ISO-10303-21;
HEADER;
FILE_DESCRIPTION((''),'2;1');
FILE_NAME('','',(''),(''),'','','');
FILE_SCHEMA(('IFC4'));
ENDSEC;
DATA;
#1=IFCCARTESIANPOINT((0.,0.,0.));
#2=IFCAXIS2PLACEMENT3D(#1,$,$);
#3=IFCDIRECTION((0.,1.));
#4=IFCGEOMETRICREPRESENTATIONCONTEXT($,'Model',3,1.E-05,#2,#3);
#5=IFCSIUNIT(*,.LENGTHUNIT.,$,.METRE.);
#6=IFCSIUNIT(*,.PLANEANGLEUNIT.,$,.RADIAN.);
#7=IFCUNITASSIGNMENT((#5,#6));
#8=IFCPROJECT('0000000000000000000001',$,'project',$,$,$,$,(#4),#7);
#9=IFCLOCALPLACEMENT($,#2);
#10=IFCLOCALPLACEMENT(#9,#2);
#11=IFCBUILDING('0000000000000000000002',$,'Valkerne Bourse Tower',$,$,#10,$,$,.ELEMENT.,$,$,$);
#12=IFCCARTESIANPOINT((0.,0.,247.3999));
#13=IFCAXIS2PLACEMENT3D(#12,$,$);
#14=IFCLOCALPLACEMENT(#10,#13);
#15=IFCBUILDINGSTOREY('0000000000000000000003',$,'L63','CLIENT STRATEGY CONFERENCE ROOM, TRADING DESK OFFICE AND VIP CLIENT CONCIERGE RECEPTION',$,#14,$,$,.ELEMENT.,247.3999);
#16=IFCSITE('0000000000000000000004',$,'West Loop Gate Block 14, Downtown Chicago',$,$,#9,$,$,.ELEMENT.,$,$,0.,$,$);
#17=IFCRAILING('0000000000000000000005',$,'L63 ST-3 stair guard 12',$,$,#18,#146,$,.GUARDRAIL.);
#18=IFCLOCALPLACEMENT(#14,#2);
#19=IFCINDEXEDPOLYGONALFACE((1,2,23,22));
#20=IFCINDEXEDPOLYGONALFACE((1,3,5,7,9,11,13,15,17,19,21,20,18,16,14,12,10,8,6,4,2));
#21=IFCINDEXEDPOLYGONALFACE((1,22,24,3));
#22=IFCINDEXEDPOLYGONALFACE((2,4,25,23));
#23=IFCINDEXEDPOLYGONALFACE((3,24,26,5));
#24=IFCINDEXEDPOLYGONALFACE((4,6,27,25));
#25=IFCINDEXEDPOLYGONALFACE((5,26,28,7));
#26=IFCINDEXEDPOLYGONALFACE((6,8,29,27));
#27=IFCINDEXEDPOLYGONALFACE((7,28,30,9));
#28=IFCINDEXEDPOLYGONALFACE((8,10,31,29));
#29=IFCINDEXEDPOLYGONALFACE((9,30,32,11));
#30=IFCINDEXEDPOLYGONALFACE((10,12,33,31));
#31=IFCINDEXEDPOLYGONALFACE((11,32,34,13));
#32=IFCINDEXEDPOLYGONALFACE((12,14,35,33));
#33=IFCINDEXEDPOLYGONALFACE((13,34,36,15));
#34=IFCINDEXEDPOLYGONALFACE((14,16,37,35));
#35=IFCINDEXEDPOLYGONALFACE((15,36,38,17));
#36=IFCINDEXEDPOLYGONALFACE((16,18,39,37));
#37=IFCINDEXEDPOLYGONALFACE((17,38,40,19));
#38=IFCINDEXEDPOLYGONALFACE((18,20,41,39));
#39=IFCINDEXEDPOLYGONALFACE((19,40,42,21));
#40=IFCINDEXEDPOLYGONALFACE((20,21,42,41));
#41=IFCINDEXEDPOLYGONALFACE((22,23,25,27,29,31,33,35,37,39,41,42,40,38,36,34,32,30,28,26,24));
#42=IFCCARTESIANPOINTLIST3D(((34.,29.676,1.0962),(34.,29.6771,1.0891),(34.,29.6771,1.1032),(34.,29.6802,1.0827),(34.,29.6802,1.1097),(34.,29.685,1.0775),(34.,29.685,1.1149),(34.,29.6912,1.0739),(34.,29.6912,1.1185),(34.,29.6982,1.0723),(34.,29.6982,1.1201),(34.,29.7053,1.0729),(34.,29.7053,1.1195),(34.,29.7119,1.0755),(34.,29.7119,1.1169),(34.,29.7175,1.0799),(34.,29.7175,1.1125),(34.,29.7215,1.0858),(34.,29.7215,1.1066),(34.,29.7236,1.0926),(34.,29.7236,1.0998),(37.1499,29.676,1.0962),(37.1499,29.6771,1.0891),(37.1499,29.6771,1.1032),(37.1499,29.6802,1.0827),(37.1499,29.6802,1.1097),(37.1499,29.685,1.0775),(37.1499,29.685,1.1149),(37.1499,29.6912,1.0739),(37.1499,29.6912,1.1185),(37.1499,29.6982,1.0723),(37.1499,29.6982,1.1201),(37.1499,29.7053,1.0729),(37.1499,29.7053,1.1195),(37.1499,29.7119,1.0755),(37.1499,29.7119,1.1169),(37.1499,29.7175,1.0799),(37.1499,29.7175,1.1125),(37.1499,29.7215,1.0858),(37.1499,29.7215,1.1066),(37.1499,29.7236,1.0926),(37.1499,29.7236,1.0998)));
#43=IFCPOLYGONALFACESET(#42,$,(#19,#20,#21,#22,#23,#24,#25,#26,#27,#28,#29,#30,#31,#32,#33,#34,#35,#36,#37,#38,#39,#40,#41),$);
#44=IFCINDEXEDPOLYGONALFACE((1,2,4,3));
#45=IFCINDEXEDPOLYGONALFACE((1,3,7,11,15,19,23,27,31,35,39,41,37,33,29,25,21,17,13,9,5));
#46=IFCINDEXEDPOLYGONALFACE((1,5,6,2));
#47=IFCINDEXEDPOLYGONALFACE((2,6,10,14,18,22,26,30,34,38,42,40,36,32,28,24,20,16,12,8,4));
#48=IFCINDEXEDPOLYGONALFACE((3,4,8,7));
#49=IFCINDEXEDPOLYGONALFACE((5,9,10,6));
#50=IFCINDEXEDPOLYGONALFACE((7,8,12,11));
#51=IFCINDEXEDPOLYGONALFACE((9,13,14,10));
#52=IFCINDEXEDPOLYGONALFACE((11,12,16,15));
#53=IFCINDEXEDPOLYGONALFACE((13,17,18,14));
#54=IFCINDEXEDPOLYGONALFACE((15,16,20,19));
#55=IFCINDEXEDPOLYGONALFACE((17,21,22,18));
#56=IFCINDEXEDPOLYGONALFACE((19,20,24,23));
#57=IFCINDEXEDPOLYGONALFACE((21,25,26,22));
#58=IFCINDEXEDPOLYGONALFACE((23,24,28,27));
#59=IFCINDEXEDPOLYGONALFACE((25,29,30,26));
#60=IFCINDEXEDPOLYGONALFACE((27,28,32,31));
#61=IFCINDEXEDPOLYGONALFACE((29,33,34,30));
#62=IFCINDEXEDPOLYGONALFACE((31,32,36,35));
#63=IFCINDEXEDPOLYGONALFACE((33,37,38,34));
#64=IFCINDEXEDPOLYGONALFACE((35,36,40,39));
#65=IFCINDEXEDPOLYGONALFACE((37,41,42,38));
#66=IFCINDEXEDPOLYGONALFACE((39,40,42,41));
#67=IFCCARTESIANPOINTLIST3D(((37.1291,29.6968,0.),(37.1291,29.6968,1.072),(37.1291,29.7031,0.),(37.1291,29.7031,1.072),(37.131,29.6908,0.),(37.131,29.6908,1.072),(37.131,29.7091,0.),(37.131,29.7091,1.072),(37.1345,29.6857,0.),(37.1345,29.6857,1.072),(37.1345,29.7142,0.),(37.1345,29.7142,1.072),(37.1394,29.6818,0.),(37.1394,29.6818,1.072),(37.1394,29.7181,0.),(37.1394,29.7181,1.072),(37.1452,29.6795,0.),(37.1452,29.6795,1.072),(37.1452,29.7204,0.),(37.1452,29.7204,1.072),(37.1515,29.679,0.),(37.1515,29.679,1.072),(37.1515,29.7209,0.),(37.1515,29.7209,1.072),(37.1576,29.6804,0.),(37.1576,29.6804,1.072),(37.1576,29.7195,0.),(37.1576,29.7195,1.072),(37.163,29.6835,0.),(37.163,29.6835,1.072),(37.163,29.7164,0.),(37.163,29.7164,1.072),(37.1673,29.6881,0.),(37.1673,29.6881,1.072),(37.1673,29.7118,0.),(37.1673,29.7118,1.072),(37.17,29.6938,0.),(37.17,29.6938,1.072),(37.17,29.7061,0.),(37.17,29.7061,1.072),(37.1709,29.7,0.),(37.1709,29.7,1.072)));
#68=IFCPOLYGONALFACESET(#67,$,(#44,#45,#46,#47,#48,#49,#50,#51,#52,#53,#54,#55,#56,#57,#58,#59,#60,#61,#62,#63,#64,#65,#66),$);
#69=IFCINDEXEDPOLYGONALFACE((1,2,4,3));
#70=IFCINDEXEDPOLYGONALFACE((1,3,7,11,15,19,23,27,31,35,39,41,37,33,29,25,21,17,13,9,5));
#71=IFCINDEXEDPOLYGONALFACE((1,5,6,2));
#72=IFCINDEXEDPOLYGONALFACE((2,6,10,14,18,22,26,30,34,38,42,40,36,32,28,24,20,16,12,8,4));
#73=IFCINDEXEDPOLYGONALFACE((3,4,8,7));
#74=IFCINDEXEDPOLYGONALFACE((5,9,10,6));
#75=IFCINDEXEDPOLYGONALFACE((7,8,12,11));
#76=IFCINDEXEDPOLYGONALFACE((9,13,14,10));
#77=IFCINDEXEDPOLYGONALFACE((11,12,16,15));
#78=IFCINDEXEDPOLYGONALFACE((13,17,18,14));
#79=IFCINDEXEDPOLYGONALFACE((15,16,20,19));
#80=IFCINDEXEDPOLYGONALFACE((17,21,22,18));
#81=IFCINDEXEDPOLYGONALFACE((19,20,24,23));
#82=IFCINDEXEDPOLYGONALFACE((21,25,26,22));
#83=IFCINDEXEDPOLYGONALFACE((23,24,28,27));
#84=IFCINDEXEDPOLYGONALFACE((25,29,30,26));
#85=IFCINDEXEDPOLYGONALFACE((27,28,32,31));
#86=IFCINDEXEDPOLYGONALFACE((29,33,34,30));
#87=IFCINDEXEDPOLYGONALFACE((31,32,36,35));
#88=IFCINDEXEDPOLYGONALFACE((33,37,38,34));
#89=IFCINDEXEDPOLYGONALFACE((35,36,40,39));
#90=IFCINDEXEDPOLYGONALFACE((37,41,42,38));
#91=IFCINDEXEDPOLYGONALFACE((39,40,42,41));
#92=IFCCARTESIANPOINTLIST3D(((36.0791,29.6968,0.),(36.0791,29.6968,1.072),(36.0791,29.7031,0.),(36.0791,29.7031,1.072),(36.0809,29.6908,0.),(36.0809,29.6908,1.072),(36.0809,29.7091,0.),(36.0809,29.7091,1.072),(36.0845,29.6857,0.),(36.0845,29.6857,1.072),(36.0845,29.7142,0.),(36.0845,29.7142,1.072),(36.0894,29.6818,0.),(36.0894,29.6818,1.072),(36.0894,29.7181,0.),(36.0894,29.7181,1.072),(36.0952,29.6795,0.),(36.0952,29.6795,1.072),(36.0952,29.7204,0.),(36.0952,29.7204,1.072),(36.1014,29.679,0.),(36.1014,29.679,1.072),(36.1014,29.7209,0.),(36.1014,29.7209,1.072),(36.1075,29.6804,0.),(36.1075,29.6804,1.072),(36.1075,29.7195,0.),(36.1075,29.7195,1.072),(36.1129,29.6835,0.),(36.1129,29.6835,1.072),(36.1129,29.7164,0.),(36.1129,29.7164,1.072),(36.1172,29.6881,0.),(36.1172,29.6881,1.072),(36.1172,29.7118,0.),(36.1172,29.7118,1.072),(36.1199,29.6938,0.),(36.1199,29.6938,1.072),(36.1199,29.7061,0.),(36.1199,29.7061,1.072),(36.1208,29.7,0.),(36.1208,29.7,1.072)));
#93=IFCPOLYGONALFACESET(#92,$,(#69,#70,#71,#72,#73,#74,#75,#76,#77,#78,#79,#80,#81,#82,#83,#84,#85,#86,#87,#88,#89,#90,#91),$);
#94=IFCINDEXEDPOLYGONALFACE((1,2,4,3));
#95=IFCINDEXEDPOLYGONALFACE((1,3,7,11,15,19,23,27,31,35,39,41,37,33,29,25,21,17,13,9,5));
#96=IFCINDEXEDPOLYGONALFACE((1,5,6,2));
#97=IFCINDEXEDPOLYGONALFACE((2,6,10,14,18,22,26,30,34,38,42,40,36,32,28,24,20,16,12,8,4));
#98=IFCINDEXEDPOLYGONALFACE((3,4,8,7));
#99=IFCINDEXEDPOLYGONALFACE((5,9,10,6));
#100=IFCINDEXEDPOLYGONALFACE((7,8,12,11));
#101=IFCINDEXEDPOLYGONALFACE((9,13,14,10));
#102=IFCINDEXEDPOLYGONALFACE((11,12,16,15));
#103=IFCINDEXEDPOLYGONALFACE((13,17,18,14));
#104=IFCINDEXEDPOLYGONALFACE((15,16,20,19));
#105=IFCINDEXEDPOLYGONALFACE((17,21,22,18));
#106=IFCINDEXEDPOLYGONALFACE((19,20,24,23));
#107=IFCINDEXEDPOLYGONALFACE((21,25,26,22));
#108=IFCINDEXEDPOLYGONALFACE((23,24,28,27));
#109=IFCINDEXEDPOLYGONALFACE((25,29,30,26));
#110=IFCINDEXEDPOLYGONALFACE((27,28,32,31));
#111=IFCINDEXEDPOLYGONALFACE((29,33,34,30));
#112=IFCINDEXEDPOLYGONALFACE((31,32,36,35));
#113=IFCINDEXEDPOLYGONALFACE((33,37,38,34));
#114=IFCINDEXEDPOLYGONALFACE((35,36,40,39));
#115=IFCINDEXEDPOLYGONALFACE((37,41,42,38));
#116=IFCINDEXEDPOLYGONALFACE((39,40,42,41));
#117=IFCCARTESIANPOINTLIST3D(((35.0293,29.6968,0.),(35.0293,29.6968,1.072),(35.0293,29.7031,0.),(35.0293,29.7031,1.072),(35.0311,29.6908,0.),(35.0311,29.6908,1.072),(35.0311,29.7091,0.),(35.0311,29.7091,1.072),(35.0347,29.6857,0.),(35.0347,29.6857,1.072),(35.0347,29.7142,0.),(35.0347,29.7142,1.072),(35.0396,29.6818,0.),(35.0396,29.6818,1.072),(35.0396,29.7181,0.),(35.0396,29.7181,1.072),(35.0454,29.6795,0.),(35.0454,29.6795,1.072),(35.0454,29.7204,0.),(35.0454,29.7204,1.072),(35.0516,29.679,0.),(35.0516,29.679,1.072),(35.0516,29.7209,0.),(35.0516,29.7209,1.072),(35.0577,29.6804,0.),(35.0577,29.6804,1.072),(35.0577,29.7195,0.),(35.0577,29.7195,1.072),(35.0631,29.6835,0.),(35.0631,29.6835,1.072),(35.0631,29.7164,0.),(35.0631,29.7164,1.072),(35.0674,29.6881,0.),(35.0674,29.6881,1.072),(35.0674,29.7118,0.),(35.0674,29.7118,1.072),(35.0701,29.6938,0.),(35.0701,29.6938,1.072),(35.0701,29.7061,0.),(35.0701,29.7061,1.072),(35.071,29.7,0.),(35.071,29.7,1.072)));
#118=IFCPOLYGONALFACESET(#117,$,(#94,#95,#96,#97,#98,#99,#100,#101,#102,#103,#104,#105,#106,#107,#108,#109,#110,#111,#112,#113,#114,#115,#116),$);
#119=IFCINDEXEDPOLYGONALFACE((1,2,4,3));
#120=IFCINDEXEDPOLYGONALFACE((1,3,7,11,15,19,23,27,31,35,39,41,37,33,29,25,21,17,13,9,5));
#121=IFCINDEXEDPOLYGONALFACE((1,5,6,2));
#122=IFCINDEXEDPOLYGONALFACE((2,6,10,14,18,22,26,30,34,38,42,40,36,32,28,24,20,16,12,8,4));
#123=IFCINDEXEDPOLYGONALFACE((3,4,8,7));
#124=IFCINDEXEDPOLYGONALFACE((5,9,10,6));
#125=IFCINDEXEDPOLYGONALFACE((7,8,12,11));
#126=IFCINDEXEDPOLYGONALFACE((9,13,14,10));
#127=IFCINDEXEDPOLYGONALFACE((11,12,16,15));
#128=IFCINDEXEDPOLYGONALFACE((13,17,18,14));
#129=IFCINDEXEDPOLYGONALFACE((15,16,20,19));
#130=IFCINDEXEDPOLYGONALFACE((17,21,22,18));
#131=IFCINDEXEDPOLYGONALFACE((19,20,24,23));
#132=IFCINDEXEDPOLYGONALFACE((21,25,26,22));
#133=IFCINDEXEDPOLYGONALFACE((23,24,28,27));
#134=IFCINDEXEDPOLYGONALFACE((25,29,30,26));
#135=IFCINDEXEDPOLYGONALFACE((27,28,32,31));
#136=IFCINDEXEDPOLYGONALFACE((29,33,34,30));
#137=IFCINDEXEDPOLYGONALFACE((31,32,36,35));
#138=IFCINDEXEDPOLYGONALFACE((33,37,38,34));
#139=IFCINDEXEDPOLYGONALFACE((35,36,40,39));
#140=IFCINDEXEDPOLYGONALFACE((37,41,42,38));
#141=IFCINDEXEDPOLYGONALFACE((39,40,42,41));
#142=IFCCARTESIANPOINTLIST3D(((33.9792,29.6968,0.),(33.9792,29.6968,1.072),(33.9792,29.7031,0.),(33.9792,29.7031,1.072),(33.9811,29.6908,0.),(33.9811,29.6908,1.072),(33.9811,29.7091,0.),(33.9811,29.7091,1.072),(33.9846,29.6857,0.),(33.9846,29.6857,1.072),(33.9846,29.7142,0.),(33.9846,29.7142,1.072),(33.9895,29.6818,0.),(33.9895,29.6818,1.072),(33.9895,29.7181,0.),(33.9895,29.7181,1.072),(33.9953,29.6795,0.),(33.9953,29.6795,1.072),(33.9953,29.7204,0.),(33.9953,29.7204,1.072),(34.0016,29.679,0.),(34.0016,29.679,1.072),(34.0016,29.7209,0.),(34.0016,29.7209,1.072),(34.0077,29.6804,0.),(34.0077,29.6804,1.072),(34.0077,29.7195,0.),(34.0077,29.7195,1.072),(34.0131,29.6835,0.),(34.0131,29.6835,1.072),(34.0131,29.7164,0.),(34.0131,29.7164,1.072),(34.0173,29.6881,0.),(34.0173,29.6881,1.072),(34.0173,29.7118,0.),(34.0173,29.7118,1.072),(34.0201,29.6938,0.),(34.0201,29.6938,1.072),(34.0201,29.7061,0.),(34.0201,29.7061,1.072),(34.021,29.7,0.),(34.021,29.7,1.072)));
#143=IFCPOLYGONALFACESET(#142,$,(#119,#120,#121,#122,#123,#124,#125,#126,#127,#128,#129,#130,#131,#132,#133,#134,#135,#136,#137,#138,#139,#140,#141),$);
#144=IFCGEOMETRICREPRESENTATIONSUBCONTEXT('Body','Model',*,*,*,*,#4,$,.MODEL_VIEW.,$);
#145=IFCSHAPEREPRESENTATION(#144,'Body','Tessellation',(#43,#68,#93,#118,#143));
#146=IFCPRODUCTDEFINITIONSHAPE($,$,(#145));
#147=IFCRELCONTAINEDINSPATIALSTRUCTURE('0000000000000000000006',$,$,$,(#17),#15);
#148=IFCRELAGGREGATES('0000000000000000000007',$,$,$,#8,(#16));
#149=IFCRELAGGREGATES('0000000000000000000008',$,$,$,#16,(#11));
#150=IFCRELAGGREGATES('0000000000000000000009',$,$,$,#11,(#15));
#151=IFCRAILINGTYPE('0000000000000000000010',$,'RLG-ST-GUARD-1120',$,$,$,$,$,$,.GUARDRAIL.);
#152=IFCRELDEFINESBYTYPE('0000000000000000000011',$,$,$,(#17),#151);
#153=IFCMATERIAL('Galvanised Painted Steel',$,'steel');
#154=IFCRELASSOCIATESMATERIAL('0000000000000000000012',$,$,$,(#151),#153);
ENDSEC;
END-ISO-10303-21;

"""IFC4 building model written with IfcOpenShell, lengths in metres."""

from ifc_helpers import new_model, si_unit, direction, frame, origin, origin_2d, place, context, subcontext, project, spatial, circle, extrude, material, type_object, element, save


model = new_model("IFC4")

# Units and contexts
model_context = context("Model", 3, precision=1e-05, world=origin(), true_north=direction((0.0, 1.0)))
body_context = subcontext(model_context, "Body", "Model", "MODEL_VIEW")
ifc_project = project(units=[si_unit("LENGTHUNIT", "METRE"), si_unit("PLANEANGLEUNIT", "RADIAN")], contexts=[model_context])

# Site, building, storey
site_placement = place(None, origin())
site = spatial("IfcSite", under=ifc_project, at=site_placement, Name="West Loop Gate Block 14, Downtown Chicago", CompositionType="ELEMENT", RefElevation=0.0)
building_placement = place(site_placement, origin())
building = spatial("IfcBuilding", under=site, at=building_placement, Name="Valkerne Bourse Tower", CompositionType="ELEMENT")
storey_placement = place(building_placement, frame((0.0, 0.0, 247.3999)))
storey = spatial("IfcBuildingStorey", under=building, at=storey_placement, Name="L63", Description="CLIENT STRATEGY CONFERENCE ROOM, TRADING DESK OFFICE AND VIP CLIENT CONCIERGE RECEPTION", CompositionType="ELEMENT", Elevation=247.3999)

# Shared definitions
ifc_material_1 = material(Name="Galvanised Painted Steel", Category="steel")

# Railing
railing_type = type_object("IfcRailingType", Name="RLG-ST-GUARD-1120", PredefinedType="GUARDRAIL", material=ifc_material_1)
railing_placement = place(storey_placement, frame((37.1499, 29.7, 0.0)))
element("IfcRailing", 1, at=railing_placement, inside=storey, type_object=railing_type, Name="L63 ST-3 stair guard 12", PredefinedType="GUARDRAIL", context=body_context, shape_type="SweptSolid", body=[
    extrude(circle(Radius=0.0239, at=origin_2d()), frame((0.0, 0.0, 1.0962), z_axis=(-1.0, 0.0, 0.0), x_axis=(0.0, -1.0, 0.0)), (0.0, 0.0, 1.0), 3.1499),
    extrude(circle(Radius=0.021, at=origin_2d()), origin(), (0.0, 0.0, 1.0), 1.072),
    extrude(circle(Radius=0.021, at=origin_2d()), frame((-1.05, 0.0, 0.0)), (0.0, 0.0, 1.0), 1.072),
    extrude(circle(Radius=0.021, at=origin_2d()), frame((-2.0999, 0.0, 0.0)), (0.0, 0.0, 1.0), 1.072),
    extrude(circle(Radius=0.021, at=origin_2d()), frame((-3.1499, 0.0, 0.0)), (0.0, 0.0, 1.0), 1.072),
])

save(model, "model.ifc")
